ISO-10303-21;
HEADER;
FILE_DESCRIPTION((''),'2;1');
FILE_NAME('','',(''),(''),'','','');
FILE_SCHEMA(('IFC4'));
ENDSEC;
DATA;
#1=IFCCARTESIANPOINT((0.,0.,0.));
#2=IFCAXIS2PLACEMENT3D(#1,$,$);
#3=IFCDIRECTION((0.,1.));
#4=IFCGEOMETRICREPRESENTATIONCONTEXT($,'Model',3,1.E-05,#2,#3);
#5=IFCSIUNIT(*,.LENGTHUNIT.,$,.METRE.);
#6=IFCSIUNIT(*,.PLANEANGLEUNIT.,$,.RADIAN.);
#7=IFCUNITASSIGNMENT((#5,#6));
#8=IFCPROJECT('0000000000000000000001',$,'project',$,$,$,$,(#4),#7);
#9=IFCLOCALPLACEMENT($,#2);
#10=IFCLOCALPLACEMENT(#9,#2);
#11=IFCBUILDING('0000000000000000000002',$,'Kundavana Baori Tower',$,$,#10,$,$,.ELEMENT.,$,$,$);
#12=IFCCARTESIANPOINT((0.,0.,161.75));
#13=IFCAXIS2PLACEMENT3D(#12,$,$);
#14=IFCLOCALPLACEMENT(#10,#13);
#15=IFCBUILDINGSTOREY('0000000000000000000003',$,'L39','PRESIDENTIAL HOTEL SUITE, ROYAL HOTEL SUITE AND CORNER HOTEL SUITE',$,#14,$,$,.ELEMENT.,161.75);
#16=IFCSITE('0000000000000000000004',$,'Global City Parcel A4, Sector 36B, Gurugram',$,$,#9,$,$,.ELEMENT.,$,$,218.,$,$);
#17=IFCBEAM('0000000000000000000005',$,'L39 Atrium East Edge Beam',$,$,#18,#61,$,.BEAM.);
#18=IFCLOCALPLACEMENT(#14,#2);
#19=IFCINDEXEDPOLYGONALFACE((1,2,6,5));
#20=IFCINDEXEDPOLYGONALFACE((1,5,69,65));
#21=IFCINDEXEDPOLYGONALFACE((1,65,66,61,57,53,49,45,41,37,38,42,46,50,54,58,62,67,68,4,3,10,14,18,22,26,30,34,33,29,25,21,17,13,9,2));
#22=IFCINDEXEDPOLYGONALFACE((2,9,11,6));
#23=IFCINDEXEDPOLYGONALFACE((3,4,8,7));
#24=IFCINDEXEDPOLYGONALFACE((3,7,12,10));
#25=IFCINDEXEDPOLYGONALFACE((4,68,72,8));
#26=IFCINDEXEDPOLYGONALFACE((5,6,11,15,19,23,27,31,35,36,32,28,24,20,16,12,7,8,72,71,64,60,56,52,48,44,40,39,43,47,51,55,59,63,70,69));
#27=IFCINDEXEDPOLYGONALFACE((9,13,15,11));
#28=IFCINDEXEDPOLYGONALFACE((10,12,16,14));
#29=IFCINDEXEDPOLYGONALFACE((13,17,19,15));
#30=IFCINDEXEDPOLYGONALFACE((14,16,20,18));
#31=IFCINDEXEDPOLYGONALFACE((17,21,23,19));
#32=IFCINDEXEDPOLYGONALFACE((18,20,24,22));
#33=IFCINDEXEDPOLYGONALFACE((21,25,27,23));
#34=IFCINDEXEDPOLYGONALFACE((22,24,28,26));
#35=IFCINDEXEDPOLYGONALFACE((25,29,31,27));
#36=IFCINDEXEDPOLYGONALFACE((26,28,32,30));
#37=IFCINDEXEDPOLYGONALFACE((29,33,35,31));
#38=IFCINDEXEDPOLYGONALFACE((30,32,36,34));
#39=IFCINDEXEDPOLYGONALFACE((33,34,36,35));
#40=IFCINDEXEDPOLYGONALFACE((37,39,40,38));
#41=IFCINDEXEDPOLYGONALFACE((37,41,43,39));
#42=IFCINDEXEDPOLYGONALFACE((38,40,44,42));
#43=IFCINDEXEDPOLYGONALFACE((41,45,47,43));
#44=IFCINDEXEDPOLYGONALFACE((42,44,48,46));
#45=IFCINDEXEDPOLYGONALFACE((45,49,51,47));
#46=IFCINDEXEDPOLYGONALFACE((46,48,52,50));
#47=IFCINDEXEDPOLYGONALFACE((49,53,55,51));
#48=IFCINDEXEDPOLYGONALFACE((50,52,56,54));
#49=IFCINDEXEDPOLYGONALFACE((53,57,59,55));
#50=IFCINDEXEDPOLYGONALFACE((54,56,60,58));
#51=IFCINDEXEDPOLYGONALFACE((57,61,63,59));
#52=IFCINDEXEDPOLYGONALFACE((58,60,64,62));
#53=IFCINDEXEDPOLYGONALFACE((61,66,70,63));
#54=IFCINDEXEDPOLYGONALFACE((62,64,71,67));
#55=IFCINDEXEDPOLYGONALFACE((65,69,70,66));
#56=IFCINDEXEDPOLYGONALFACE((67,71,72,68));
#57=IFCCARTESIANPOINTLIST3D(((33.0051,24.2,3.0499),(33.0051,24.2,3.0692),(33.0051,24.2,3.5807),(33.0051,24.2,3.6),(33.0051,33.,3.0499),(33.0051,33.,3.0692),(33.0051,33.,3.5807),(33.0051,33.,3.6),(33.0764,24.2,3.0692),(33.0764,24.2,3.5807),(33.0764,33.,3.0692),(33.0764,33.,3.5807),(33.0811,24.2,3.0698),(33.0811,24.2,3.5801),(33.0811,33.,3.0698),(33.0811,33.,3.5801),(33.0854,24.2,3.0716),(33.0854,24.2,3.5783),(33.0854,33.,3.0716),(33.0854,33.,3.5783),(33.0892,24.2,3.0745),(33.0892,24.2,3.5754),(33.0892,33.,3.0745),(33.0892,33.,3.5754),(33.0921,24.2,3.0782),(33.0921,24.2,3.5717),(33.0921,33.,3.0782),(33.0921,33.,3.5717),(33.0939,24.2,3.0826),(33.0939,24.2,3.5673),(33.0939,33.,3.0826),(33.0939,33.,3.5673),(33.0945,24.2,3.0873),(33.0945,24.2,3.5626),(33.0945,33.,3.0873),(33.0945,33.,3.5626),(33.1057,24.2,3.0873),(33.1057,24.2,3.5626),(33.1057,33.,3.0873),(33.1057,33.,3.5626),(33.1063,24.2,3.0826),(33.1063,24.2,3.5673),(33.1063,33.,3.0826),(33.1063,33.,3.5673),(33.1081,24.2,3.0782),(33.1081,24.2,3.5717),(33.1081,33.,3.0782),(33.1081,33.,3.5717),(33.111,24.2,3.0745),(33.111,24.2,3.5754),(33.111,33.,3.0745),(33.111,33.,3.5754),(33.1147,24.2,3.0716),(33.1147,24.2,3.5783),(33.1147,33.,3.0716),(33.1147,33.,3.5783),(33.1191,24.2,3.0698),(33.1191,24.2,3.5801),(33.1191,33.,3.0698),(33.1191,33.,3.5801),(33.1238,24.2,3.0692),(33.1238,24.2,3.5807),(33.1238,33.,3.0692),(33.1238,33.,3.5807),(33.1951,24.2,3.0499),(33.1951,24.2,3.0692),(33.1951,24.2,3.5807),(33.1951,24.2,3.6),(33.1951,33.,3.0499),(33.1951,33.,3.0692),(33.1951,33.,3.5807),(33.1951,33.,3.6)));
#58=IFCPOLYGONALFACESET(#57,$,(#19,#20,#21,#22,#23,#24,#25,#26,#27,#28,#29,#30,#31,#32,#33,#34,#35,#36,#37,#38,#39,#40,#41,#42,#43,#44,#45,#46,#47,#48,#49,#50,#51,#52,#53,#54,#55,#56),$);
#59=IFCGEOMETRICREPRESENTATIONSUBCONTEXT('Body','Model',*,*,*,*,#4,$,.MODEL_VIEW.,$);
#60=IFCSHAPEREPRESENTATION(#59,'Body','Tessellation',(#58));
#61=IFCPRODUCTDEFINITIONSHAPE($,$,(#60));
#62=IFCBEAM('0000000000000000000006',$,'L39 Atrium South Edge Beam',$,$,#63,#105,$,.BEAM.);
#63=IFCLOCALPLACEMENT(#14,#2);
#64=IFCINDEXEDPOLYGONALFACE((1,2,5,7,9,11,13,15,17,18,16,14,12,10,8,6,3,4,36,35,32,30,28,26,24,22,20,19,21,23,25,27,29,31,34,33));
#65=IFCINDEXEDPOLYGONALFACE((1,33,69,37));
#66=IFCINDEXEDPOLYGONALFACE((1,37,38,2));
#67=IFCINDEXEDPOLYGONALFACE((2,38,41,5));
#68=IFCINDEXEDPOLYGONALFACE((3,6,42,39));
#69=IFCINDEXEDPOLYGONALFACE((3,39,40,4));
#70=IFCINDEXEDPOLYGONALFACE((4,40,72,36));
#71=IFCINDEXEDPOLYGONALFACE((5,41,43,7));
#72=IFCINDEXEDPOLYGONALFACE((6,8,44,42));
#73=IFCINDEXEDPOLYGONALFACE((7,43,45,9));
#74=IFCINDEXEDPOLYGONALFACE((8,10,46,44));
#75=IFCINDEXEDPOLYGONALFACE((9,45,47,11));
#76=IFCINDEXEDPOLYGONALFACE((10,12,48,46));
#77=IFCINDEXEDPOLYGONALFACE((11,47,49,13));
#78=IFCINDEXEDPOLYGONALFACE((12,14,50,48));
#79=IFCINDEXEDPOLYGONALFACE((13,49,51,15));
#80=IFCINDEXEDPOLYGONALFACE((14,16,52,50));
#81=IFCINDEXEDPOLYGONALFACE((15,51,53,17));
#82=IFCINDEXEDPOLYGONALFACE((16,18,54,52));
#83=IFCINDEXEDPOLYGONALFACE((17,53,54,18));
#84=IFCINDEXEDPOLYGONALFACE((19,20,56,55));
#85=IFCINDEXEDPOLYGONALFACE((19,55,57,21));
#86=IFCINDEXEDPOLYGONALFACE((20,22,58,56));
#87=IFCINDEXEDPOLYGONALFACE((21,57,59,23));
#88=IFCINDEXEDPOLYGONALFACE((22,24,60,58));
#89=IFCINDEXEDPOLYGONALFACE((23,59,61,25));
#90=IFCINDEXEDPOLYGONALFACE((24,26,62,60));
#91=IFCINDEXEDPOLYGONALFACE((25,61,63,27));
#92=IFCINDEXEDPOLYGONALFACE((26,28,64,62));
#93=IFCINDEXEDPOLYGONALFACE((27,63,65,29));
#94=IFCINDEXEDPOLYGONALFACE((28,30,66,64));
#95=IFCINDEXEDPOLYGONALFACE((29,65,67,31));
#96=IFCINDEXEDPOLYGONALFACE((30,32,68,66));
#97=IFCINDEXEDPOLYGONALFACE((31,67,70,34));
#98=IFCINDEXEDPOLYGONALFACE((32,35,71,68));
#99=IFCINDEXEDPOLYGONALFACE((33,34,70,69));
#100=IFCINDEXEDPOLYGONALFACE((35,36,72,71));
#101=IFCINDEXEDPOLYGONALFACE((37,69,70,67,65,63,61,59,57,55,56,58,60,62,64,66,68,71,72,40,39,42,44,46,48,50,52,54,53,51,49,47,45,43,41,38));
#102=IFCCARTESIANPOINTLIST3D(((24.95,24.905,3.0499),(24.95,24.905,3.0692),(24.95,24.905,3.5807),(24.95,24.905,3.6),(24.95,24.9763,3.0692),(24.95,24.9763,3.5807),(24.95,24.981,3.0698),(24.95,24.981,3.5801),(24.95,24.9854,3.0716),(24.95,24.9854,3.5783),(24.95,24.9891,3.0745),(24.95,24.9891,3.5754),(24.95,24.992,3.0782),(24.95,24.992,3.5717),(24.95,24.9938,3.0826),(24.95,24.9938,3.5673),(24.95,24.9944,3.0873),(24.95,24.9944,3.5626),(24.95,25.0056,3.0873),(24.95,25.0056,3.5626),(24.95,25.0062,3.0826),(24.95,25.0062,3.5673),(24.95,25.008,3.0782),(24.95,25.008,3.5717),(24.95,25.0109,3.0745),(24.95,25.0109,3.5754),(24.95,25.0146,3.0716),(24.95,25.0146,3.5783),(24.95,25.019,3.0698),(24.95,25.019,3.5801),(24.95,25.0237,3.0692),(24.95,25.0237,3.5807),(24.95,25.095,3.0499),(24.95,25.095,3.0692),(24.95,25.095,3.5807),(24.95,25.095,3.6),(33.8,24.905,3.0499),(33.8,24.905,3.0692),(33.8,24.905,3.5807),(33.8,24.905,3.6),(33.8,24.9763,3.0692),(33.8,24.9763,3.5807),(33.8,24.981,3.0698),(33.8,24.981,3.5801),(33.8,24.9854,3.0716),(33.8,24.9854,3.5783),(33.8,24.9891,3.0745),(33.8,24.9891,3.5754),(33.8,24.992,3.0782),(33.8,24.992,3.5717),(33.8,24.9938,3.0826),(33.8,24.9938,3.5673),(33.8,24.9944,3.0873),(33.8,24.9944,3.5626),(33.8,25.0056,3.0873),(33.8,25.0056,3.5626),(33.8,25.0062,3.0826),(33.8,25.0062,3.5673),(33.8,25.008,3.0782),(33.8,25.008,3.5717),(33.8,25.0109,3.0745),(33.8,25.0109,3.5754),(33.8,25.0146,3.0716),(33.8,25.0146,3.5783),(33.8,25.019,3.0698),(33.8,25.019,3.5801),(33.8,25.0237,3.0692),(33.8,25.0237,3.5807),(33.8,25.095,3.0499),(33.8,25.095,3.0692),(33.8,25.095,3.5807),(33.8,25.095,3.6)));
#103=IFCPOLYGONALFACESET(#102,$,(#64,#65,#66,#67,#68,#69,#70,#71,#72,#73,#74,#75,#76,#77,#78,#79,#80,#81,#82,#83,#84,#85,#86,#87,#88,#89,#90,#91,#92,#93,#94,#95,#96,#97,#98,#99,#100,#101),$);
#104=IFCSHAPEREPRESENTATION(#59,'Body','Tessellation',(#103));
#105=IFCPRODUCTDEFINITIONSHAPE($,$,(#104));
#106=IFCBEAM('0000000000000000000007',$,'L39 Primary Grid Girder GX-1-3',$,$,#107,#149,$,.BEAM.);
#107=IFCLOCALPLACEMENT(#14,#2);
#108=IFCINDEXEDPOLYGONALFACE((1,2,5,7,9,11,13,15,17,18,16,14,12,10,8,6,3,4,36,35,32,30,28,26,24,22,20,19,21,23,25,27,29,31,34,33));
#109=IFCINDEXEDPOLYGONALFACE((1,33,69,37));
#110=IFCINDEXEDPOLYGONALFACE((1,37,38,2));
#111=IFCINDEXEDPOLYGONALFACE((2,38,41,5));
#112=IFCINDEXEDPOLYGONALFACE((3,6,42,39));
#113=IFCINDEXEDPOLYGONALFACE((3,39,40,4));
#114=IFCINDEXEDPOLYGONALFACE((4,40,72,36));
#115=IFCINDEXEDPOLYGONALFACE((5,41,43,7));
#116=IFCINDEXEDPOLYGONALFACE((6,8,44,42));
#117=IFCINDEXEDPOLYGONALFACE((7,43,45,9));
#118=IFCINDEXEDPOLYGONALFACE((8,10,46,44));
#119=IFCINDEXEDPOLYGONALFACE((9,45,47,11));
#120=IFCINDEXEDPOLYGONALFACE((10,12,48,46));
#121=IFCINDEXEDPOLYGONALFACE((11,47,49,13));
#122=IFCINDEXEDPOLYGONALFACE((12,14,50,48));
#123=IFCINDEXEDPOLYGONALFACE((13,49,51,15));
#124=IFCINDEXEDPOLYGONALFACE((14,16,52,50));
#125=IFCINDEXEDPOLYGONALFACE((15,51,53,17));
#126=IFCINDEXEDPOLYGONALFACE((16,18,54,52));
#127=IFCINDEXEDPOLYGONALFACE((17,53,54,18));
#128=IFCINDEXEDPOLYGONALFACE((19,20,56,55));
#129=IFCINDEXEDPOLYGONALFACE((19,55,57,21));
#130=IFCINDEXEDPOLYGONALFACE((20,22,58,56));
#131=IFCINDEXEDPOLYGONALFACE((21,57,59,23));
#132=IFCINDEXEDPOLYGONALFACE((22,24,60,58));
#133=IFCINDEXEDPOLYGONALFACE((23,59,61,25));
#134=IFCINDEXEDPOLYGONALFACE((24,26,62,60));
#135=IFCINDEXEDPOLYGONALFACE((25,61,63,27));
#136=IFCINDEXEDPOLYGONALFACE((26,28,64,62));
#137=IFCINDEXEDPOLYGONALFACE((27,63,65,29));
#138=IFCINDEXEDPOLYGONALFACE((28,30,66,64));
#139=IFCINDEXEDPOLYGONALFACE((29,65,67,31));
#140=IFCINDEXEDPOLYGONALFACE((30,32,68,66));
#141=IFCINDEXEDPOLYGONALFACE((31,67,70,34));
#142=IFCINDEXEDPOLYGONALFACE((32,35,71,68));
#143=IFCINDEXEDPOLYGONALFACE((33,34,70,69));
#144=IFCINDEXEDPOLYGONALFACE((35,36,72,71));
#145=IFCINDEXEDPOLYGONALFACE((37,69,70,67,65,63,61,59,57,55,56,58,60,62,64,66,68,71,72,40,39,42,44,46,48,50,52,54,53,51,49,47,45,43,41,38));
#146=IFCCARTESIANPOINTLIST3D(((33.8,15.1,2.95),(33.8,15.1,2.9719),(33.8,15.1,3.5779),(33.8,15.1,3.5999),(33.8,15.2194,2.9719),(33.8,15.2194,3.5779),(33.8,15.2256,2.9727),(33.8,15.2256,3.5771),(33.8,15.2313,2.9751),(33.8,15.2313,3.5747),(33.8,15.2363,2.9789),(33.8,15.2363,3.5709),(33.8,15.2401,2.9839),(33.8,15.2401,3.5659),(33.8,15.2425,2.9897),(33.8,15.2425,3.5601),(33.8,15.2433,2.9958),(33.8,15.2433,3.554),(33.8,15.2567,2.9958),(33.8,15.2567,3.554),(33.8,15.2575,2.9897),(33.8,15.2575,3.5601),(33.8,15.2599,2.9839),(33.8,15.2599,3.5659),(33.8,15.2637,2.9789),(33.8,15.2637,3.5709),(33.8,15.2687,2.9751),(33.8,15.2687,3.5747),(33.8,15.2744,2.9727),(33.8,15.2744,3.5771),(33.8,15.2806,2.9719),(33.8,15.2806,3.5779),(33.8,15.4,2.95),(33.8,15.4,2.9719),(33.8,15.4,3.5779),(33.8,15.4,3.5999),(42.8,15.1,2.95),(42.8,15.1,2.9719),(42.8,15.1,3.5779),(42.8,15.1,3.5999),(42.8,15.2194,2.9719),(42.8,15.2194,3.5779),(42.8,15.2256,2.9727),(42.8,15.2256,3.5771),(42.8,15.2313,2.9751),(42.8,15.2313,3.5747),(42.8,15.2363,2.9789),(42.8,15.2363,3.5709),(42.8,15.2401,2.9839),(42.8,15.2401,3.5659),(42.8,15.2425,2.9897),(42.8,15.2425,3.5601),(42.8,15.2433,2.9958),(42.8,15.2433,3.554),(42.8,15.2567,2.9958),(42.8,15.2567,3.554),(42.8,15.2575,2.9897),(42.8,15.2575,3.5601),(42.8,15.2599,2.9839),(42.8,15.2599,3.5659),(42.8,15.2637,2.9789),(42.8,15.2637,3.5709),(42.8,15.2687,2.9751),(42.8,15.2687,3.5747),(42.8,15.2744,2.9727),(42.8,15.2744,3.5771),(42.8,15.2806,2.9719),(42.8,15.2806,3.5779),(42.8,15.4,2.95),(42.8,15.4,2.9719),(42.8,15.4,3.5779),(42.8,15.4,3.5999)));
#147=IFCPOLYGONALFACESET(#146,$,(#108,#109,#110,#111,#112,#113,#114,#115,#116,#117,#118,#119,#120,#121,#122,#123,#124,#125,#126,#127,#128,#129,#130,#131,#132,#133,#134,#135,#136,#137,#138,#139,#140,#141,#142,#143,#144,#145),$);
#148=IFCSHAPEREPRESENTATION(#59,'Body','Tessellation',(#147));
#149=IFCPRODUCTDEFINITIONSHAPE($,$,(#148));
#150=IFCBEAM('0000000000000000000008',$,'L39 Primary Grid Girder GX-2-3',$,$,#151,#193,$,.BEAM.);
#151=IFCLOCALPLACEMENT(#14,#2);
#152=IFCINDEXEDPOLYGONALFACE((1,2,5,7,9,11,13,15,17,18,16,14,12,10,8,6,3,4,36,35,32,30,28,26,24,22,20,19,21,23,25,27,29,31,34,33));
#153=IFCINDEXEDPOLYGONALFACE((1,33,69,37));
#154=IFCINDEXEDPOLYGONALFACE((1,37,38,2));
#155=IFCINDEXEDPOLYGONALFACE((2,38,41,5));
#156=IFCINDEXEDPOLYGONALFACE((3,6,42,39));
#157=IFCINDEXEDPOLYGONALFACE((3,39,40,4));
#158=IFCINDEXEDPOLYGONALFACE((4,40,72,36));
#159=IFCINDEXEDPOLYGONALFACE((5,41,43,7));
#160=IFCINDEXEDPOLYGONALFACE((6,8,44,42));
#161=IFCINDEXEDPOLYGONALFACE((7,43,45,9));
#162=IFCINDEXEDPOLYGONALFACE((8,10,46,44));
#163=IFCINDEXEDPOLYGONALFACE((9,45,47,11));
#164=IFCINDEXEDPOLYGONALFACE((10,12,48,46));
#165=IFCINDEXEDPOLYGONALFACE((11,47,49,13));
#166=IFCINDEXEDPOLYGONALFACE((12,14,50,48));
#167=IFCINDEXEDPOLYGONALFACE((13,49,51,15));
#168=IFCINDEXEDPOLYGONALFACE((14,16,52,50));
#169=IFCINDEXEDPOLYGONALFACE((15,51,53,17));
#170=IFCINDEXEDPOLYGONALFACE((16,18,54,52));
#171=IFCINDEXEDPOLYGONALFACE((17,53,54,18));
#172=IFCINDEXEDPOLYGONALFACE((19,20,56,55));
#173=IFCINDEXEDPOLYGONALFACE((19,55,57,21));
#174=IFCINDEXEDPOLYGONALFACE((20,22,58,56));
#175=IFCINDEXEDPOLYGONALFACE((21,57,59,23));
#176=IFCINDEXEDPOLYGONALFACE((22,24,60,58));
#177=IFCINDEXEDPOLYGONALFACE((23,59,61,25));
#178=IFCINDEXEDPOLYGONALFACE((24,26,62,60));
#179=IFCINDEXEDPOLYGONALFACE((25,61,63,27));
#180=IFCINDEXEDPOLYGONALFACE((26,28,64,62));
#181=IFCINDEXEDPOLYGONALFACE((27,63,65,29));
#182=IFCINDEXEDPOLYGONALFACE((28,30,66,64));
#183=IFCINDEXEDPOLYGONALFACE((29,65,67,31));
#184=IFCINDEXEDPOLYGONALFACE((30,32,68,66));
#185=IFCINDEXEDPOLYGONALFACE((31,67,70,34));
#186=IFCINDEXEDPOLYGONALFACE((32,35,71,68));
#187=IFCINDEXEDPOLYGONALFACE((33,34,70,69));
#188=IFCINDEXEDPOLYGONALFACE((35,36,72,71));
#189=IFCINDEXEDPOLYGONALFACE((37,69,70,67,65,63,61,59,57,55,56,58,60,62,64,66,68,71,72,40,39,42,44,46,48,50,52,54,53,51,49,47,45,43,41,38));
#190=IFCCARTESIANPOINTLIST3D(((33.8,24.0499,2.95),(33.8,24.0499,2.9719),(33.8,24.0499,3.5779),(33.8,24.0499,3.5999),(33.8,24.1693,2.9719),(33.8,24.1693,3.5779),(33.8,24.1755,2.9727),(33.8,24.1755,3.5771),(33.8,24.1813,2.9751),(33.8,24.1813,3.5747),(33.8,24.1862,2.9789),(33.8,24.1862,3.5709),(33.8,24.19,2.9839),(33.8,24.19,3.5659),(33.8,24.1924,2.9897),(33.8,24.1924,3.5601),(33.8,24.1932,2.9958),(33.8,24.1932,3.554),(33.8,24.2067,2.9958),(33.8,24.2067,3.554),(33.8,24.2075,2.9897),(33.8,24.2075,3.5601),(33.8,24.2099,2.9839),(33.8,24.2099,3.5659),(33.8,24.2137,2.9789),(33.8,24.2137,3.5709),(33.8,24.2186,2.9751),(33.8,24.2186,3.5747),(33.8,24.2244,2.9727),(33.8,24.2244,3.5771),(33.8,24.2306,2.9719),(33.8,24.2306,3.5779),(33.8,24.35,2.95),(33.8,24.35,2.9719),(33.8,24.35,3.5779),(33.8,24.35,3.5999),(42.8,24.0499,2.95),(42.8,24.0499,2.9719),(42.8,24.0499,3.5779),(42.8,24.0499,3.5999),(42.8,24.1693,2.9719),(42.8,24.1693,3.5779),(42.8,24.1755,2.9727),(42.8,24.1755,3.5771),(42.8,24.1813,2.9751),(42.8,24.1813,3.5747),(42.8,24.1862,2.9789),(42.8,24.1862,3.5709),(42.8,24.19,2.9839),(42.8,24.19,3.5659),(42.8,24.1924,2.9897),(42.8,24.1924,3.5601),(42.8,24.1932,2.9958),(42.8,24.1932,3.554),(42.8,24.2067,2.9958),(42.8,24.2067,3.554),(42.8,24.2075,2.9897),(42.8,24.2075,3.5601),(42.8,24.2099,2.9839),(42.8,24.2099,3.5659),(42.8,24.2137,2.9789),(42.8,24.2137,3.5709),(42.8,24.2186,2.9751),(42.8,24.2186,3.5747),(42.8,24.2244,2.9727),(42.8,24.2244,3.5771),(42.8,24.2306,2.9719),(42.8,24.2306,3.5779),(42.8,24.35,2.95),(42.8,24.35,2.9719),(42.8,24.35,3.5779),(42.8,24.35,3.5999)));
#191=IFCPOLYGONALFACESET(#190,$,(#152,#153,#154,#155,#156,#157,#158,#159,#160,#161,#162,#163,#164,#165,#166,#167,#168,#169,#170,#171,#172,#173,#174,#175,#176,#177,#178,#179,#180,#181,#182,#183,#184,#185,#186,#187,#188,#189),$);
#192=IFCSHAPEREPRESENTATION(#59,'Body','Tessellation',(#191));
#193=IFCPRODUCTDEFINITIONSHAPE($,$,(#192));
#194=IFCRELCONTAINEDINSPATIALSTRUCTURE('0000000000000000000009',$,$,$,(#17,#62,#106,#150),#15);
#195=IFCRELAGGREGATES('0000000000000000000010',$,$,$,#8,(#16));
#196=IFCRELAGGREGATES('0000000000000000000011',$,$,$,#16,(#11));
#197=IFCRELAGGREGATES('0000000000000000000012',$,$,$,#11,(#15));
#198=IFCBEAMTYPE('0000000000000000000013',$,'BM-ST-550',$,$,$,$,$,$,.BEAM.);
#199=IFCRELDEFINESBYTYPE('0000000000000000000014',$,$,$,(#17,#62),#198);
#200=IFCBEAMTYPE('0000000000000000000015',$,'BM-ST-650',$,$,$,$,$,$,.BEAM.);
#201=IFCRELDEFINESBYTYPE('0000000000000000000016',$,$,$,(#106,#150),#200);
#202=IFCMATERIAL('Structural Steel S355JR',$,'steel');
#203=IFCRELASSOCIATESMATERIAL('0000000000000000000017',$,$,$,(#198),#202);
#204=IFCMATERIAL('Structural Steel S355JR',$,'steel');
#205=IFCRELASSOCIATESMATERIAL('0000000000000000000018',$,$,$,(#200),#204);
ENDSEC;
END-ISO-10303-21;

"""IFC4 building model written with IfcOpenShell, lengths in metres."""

from ifc_helpers import new_model, si_unit, direction, frame, origin, origin_2d, place, context, subcontext, project, spatial, i_section, extrude, material, material_profile, profile_set, type_object, element, save


model = new_model("IFC4")

# Units and contexts
model_context = context("Model", 3, precision=1e-05, world=origin(), true_north=direction((0.0, 1.0)))
body_context = subcontext(model_context, "Body", "Model", "MODEL_VIEW")
ifc_project = project(units=[si_unit("LENGTHUNIT", "METRE"), si_unit("PLANEANGLEUNIT", "RADIAN")], contexts=[model_context])

# Site, building, storey
site_placement = place(None, origin())
site = spatial("IfcSite", under=ifc_project, at=site_placement, Name="Global City Parcel A4, Sector 36B, Gurugram", CompositionType="ELEMENT", RefElevation=218.0)
building_placement = place(site_placement, origin())
building = spatial("IfcBuilding", under=site, at=building_placement, Name="Kundavana Baori Tower", CompositionType="ELEMENT")
storey_placement = place(building_placement, frame((0.0, 0.0, 161.75)))
storey = spatial("IfcBuildingStorey", under=building, at=storey_placement, Name="L39", Description="PRESIDENTIAL HOTEL SUITE, ROYAL HOTEL SUITE AND CORNER HOTEL SUITE", CompositionType="ELEMENT", Elevation=161.75)

# Beams
ifc_material_1 = material(Name="Structural Steel S355JR", Category="steel")
ifc_material_profile_1 = material_profile(ifc_material_1, i_section(OverallWidth=0.1899, OverallDepth=0.55, WebThickness=0.0112, FlangeThickness=0.0193, FilletRadius=0.0181, at=origin_2d()), Name="ISMB 550")
ifc_profile_set_1 = profile_set([ifc_material_profile_1], Name="Structural Steel S355JR")
beam_type_1 = type_object("IfcBeamType", Name="BM-ST-550", PredefinedType="BEAM", material=ifc_profile_set_1)
for number, where, z_axis, x_axis, name in (
    (1, (33.1001, 24.2, 3.325), (0.0, 1.0, 0.0), (-1.0, 0.0, 0.0), "L39 Atrium East Edge Beam"),
):
    element("IfcBeam", number, at=place(storey_placement, frame(where, z_axis=z_axis, x_axis=x_axis)), inside=storey, type_object=beam_type_1, Name=name, PredefinedType="BEAM", context=body_context, shape_type="SweptSolid", body=[
        extrude(i_section(OverallWidth=0.1899, OverallDepth=0.55, WebThickness=0.0112, FlangeThickness=0.0193, FilletRadius=0.0181, at=origin_2d()), origin(), (0.0, 0.0, 1.0), 8.8),
    ])
beam_1_placement = place(storey_placement, frame((24.95, 25.0, 3.325), z_axis=(1.0, 0.0, 0.0), x_axis=(0.0, 1.0, 0.0)))
element("IfcBeam", 2, at=beam_1_placement, inside=storey, type_object=beam_type_1, Name="L39 Atrium South Edge Beam", PredefinedType="BEAM", context=body_context, shape_type="SweptSolid", body=[
    extrude(i_section(OverallWidth=0.1899, OverallDepth=0.55, WebThickness=0.0112, FlangeThickness=0.0193, FilletRadius=0.0181, at=origin_2d()), origin(), (0.0, 0.0, 1.0), 8.8501),
])
ifc_material_2 = material(Name="Structural Steel S355JR", Category="steel")
ifc_material_profile_2 = material_profile(ifc_material_2, i_section(OverallWidth=0.3, OverallDepth=0.6499, WebThickness=0.0134, FlangeThickness=0.022, FilletRadius=0.0239, at=origin_2d()), Name="NPB 650x300x155")
ifc_profile_set_2 = profile_set([ifc_material_profile_2], Name="Structural Steel S355JR")
beam_type_2 = type_object("IfcBeamType", Name="BM-ST-650", PredefinedType="BEAM", material=ifc_profile_set_2)
for number, where, z_axis, x_axis, name in (
    (3, (33.8, 15.25, 3.2749), (1.0, 0.0, 0.0), (0.0, 1.0, 0.0), "L39 Primary Grid Girder GX-1-3"),
    (4, (33.8, 24.2, 3.2749), (1.0, 0.0, 0.0), (0.0, 1.0, 0.0), "L39 Primary Grid Girder GX-2-3"),
):
    element("IfcBeam", number, at=place(storey_placement, frame(where, z_axis=z_axis, x_axis=x_axis)), inside=storey, type_object=beam_type_2, Name=name, PredefinedType="BEAM", context=body_context, shape_type="SweptSolid", body=[
        extrude(i_section(OverallWidth=0.3, OverallDepth=0.6499, WebThickness=0.0134, FlangeThickness=0.022, FilletRadius=0.0239, at=origin_2d()), origin(), (0.0, 0.0, 1.0), 9.0),
    ])

save(model, "model.ifc")
